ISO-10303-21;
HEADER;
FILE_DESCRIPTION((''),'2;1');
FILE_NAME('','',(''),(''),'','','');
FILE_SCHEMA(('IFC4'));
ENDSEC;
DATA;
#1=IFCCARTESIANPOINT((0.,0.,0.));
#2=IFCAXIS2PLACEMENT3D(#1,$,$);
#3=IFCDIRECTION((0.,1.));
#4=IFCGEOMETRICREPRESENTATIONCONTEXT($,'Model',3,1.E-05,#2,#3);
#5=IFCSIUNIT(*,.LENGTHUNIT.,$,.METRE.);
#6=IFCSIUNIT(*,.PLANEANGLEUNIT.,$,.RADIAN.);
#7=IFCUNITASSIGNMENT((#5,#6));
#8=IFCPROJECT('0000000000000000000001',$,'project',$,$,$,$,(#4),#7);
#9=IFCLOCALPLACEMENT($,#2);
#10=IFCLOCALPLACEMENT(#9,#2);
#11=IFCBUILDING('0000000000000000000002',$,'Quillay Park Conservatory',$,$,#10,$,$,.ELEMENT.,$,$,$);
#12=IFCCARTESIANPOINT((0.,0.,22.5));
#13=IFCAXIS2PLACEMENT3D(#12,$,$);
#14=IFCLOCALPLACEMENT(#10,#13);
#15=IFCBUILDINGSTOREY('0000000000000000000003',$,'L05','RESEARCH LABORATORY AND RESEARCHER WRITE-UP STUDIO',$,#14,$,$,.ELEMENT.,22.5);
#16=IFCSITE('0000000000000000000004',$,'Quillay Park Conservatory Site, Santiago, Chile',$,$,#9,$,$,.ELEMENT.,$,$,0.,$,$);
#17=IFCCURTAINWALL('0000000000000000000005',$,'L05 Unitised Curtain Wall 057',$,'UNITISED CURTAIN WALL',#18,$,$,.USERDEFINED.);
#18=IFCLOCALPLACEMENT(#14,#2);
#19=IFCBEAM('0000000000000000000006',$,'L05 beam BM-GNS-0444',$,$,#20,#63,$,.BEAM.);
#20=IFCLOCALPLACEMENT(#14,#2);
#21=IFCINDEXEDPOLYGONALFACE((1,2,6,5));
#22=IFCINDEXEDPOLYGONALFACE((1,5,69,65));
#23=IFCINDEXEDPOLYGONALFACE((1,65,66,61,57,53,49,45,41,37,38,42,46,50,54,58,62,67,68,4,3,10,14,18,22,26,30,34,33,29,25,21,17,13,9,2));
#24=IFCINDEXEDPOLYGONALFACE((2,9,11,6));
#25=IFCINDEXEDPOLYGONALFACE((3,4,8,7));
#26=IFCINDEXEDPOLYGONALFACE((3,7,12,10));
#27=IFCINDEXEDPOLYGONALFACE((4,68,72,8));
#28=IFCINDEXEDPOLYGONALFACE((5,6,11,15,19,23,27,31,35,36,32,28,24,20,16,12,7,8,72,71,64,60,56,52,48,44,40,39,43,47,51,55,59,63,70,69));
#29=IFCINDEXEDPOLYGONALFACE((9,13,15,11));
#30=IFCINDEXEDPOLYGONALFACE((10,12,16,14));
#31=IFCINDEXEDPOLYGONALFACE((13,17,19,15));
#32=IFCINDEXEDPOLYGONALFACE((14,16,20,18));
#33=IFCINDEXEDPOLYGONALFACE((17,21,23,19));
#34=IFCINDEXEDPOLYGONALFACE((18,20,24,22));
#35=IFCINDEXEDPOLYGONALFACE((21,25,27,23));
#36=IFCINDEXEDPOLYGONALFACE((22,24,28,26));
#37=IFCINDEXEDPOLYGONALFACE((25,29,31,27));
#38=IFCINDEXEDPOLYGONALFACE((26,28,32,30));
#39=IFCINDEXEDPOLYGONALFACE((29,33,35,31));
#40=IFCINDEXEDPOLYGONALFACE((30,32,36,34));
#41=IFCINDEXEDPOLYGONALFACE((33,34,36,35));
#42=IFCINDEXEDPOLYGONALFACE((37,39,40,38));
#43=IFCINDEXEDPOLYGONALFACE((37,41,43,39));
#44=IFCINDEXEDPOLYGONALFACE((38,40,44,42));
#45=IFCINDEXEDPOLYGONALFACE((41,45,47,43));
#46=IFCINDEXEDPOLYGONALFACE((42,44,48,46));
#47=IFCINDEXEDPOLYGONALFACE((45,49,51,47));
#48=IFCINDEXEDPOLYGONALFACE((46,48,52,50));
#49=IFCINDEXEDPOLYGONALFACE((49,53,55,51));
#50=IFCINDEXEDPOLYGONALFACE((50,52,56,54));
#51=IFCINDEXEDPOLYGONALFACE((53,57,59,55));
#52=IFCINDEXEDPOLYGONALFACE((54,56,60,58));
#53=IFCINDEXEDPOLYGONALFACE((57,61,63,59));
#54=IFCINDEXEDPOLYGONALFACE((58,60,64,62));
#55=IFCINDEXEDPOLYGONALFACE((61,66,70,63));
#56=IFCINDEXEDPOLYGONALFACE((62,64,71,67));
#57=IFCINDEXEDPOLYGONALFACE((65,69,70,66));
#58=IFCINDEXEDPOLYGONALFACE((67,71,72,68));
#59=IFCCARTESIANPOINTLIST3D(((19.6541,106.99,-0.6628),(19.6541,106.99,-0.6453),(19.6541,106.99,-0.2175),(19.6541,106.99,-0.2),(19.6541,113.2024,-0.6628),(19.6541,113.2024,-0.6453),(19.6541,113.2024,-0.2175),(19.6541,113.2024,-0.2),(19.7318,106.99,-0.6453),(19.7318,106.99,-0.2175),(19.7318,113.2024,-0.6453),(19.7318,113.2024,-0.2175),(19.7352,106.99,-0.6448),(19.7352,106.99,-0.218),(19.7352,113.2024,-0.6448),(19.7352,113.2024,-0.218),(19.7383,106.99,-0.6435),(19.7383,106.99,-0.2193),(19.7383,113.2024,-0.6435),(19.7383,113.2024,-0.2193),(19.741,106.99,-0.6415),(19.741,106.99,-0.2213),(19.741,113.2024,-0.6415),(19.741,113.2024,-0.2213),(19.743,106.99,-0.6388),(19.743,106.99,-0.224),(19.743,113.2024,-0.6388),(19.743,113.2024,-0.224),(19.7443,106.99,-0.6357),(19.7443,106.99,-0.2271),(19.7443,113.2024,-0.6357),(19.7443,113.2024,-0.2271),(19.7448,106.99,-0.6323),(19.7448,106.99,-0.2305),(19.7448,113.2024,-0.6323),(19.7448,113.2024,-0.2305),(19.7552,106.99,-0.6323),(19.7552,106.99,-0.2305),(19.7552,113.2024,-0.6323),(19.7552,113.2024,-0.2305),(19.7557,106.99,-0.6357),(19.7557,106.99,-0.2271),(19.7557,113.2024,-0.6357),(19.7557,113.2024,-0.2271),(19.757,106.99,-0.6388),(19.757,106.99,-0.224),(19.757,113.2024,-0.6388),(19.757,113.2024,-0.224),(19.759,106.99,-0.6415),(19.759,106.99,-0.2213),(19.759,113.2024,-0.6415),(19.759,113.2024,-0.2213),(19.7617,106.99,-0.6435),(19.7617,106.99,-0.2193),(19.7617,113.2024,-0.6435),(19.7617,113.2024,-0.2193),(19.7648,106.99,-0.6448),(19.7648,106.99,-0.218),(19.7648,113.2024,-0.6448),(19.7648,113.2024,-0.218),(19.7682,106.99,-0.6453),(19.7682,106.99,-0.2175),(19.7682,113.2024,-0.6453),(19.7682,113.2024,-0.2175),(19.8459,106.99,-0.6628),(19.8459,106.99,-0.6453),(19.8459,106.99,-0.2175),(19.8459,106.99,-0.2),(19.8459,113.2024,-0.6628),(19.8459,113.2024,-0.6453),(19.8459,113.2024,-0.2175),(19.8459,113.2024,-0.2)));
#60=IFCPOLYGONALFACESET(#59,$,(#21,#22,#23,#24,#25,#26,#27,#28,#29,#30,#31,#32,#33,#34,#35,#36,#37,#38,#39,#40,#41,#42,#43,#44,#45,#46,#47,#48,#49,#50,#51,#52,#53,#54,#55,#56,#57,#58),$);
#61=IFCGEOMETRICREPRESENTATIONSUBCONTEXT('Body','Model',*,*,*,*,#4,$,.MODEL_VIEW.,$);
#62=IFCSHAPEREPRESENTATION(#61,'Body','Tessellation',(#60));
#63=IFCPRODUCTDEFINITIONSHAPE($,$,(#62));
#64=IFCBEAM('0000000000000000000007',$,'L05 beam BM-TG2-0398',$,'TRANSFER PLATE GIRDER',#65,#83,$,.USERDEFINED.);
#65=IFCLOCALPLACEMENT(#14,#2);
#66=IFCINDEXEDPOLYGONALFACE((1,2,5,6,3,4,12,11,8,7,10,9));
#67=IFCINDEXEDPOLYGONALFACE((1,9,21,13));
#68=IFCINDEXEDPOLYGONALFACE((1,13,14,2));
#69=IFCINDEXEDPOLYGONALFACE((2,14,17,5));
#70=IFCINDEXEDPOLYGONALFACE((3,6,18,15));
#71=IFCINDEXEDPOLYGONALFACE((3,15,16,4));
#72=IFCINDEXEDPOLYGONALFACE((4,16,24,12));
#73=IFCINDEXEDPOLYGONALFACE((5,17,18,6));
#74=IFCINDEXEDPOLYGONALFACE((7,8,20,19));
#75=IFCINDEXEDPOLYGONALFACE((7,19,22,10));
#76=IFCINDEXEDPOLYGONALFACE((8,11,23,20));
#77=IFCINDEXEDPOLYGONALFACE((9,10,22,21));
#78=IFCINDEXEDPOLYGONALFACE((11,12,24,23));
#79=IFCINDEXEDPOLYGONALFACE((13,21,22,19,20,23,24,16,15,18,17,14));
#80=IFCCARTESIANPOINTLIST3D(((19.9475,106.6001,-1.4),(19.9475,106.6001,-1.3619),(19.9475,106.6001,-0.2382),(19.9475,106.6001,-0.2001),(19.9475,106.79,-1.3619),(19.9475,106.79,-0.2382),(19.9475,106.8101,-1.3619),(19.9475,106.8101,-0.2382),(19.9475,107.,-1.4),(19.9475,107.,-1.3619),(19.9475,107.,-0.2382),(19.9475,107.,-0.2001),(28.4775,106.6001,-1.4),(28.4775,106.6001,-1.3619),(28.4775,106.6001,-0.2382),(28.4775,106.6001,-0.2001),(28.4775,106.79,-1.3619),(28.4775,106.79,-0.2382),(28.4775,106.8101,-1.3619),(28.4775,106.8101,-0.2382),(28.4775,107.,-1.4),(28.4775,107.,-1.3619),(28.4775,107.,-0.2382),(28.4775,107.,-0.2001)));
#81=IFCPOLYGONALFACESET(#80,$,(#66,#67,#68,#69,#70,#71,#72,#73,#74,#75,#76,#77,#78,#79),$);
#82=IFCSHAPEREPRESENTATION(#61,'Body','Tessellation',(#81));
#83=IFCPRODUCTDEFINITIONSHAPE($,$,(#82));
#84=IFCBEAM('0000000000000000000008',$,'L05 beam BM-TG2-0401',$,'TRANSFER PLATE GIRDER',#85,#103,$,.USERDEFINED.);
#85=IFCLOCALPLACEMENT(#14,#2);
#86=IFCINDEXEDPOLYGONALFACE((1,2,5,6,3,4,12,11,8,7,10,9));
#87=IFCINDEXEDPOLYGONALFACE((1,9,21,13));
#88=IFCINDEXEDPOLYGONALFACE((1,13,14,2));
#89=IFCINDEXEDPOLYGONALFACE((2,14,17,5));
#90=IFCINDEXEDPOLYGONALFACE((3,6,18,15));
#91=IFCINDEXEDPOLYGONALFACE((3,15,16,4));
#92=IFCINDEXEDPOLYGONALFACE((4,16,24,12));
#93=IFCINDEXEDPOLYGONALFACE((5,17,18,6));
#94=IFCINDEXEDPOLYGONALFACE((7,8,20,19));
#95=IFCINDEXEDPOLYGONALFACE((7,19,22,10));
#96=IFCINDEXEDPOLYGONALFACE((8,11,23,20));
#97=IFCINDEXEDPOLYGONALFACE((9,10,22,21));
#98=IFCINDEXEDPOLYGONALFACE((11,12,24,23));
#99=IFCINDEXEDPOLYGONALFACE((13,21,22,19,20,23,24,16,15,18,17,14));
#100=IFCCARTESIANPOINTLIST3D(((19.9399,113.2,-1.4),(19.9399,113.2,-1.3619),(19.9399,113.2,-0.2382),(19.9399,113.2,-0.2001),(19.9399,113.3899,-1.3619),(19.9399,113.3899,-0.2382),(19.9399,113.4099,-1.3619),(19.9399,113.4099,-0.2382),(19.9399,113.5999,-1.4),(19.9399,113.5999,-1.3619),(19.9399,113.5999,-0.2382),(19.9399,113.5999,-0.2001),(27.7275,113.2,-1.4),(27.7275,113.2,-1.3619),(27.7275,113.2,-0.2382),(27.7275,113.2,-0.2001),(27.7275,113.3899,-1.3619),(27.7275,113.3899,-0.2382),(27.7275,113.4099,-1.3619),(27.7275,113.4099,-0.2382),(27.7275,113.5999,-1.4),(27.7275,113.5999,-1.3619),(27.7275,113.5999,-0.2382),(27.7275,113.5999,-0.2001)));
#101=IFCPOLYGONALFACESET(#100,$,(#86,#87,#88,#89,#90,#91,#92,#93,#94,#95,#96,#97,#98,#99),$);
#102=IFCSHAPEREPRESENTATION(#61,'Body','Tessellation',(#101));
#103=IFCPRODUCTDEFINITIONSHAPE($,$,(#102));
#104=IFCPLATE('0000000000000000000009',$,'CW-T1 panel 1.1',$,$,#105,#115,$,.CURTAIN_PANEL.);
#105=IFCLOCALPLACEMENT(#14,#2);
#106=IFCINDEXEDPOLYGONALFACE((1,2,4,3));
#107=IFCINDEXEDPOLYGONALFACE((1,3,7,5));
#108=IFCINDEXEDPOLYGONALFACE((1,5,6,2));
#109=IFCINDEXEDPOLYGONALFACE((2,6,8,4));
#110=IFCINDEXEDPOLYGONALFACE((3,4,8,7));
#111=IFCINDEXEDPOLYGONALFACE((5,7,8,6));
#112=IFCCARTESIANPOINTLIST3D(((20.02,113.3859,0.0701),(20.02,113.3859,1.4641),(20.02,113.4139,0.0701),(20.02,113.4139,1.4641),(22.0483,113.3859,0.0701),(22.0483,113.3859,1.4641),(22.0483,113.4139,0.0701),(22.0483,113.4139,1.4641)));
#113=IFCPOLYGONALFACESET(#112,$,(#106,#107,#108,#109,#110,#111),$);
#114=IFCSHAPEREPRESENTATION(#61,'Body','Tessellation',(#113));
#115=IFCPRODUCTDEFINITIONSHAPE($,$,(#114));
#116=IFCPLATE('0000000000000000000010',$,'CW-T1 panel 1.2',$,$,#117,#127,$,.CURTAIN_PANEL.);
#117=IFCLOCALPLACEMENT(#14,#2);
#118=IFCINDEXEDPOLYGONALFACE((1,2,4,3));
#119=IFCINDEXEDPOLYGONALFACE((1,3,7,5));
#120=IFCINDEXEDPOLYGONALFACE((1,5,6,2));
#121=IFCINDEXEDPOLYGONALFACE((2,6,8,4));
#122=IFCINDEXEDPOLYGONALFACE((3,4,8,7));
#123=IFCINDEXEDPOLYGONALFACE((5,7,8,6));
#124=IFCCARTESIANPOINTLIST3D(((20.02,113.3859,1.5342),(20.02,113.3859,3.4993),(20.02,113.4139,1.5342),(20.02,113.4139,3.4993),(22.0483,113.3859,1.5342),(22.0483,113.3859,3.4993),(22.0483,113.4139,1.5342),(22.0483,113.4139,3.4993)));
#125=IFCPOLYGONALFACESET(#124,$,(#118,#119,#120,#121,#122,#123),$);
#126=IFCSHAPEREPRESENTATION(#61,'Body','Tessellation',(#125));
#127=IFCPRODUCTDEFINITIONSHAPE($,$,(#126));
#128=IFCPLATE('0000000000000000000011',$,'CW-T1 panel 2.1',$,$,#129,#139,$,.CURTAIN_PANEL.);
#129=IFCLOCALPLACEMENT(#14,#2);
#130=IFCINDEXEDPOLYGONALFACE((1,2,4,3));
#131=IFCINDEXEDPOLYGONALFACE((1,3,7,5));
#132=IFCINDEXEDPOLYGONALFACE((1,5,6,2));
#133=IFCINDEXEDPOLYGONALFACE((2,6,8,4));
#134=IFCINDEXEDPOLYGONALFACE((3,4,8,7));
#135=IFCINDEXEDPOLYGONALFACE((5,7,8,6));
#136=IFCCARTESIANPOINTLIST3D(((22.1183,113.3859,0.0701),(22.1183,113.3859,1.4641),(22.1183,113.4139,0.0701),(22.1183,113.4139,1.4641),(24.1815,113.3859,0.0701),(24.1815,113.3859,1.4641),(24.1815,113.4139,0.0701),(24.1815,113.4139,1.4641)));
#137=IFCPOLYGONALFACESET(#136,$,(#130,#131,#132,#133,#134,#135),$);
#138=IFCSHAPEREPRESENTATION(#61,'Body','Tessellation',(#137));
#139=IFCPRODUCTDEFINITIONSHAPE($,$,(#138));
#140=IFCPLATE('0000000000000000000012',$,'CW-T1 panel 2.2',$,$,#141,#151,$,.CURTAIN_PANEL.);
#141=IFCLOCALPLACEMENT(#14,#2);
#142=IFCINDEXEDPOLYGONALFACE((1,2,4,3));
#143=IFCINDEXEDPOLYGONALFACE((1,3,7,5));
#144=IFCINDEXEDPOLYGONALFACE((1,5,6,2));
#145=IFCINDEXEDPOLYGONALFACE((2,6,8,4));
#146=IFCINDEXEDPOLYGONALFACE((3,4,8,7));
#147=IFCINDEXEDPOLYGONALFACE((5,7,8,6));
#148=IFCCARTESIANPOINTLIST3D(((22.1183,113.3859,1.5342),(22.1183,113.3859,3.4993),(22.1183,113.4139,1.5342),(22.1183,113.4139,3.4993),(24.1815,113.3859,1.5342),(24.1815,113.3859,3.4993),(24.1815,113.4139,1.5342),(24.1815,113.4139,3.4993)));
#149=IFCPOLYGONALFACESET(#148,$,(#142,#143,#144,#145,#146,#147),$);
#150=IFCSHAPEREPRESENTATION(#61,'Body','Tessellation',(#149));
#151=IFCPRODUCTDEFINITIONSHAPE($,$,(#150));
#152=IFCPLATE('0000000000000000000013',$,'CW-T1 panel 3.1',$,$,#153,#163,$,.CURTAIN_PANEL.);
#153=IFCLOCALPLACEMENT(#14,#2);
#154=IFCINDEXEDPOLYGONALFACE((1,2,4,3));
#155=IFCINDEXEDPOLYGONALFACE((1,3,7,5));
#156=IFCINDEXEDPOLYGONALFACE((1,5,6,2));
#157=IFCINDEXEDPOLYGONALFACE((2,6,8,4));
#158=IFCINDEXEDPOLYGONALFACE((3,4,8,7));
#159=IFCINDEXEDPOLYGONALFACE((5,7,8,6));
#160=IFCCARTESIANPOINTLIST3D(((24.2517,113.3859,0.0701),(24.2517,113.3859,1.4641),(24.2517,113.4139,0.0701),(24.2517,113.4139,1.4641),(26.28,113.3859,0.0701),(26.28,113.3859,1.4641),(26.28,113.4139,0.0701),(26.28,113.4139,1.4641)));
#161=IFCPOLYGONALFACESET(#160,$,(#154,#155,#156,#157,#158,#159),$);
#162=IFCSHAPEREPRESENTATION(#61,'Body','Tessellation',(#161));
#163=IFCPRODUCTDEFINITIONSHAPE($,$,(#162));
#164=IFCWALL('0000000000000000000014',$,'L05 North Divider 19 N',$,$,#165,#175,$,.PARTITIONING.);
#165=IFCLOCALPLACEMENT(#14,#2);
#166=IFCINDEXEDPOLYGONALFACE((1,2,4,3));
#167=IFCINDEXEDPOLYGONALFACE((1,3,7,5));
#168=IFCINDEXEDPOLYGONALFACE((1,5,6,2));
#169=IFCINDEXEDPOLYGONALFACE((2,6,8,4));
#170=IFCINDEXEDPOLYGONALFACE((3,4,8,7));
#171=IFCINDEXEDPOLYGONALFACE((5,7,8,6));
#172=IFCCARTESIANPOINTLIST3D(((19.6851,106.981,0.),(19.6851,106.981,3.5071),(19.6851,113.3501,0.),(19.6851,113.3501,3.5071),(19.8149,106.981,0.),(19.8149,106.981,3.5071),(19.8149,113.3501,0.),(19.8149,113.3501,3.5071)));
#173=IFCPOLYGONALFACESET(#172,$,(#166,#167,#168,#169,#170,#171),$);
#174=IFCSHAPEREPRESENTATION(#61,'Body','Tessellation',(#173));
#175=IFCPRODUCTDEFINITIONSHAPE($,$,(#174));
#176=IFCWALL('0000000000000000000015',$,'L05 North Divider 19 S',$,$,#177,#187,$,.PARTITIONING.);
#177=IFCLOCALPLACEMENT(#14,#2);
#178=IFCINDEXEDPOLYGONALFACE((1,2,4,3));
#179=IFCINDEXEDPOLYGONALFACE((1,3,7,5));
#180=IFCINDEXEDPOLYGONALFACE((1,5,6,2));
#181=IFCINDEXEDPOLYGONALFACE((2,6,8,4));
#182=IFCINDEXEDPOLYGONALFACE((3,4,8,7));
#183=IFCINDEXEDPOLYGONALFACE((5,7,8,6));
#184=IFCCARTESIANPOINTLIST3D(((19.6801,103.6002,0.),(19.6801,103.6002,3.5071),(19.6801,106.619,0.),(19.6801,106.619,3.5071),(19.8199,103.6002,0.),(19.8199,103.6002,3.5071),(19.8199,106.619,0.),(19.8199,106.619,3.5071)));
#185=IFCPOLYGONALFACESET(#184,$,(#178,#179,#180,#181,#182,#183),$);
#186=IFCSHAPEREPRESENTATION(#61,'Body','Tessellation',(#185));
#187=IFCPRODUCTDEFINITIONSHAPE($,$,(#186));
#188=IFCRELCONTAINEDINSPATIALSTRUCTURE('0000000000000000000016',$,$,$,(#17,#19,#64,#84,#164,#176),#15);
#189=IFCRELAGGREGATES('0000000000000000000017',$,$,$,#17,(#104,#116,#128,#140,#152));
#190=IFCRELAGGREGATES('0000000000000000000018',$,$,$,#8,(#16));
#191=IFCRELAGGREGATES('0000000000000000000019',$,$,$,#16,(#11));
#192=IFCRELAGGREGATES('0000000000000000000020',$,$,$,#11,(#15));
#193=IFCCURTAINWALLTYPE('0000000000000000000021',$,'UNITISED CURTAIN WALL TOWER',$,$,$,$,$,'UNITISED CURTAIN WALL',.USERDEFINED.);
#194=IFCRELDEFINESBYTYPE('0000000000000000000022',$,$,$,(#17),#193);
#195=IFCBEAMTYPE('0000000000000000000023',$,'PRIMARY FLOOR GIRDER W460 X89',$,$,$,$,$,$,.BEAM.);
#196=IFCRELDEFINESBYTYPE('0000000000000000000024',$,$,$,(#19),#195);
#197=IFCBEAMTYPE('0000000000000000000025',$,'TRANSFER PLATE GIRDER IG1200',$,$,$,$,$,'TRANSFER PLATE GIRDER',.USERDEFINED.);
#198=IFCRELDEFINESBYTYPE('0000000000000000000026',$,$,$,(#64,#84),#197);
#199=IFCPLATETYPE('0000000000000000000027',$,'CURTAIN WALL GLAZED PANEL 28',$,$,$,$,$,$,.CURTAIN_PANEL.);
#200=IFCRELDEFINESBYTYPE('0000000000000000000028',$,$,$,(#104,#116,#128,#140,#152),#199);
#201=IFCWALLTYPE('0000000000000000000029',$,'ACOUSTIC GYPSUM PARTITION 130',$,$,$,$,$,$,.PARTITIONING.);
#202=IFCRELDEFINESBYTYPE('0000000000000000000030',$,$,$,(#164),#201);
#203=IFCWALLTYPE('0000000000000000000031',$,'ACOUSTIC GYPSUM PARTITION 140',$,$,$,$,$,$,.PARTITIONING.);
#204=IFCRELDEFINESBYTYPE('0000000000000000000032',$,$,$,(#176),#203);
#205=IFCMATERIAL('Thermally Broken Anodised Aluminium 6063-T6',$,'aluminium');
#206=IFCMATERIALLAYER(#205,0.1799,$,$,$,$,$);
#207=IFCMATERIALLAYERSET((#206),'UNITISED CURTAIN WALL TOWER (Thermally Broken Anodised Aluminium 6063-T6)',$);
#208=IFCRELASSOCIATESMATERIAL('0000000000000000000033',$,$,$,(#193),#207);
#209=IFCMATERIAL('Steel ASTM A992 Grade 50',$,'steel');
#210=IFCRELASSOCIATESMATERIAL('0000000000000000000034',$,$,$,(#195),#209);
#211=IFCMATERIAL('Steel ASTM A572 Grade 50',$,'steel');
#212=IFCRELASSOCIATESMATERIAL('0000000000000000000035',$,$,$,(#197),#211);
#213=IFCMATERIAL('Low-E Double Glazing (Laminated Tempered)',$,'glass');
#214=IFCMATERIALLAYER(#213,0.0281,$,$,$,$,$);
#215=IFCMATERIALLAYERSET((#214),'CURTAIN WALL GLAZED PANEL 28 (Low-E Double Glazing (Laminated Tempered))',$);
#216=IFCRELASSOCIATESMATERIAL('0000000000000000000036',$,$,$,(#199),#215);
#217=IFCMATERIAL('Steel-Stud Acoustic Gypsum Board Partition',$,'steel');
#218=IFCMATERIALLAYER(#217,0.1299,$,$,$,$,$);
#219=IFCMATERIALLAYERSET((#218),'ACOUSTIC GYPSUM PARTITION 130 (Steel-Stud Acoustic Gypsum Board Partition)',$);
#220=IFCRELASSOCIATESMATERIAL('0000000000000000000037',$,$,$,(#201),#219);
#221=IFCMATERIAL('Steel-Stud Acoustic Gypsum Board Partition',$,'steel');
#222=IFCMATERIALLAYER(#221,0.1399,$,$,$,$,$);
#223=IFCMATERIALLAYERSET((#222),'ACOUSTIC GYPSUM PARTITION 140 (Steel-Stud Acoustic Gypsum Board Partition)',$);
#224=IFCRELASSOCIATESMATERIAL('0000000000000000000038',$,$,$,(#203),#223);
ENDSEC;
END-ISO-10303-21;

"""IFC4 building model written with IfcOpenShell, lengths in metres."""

from ifc_helpers import new_model, si_unit, direction, frame, frame_2d, origin, origin_2d, place, context, subcontext, project, spatial, rectangle, i_section, extrude, material, layer, layer_set, material_profile, profile_set, type_object, element, aggregate, save


model = new_model("IFC4")

# Units and contexts
model_context = context("Model", 3, precision=1e-05, world=origin(), true_north=direction((0.0, 1.0)))
body_context = subcontext(model_context, "Body", "Model", "MODEL_VIEW")
ifc_project = project(units=[si_unit("LENGTHUNIT", "METRE"), si_unit("PLANEANGLEUNIT", "RADIAN")], contexts=[model_context])

# Site, building, storey
site_placement = place(None, origin())
site = spatial("IfcSite", under=ifc_project, at=site_placement, Name="Quillay Park Conservatory Site, Santiago, Chile", CompositionType="ELEMENT", RefElevation=0.0)
building_placement = place(site_placement, origin())
building = spatial("IfcBuilding", under=site, at=building_placement, Name="Quillay Park Conservatory", CompositionType="ELEMENT")
storey_placement = place(building_placement, frame((0.0, 0.0, 22.5)))
storey = spatial("IfcBuildingStorey", under=building, at=storey_placement, Name="L05", Description="RESEARCH LABORATORY AND RESEARCHER WRITE-UP STUDIO", CompositionType="ELEMENT", Elevation=22.5)

# Curtain wall
ifc_material_1 = material(Name="Thermally Broken Anodised Aluminium 6063-T6", Category="aluminium")
ifc_layer_1 = layer(ifc_material_1, 0.1799)
ifc_layer_set_1 = layer_set([ifc_layer_1], Name="UNITISED CURTAIN WALL TOWER (Thermally Broken Anodised Aluminium 6063-T6)")
curtain_wall_type = type_object("IfcCurtainWallType", Name="UNITISED CURTAIN WALL TOWER", ElementType="UNITISED CURTAIN WALL", PredefinedType="USERDEFINED", material=ifc_layer_set_1)
curtain_wall_placement = place(storey_placement, origin())
curtain_wall = element("IfcCurtainWall", 1, at=curtain_wall_placement, inside=storey, type_object=curtain_wall_type, Name="L05 Unitised Curtain Wall 057", ObjectType="UNITISED CURTAIN WALL", PredefinedType="USERDEFINED")

# Beams
ifc_material_2 = material(Name="Steel ASTM A992 Grade 50", Category="steel")
ifc_material_profile_1 = material_profile(ifc_material_2, i_section(OverallWidth=0.1919, OverallDepth=0.4629, WebThickness=0.0105, FlangeThickness=0.0176, FilletRadius=0.0129, at=origin_2d()), Name="W460x89")
ifc_profile_set_1 = profile_set([ifc_material_profile_1], Name="Steel ASTM A992 Grade 50")
beam_type_1 = type_object("IfcBeamType", Name="PRIMARY FLOOR GIRDER W460 X89", PredefinedType="BEAM", material=ifc_profile_set_1)
beam_1_placement = place(storey_placement, frame((19.75, 106.99, -0.4314), z_axis=(0.0, 1.0, 0.0), x_axis=(-1.0, 0.0, 0.0)))
element("IfcBeam", 2, at=beam_1_placement, inside=storey, type_object=beam_type_1, Name="L05 beam BM-GNS-0444", PredefinedType="BEAM", context=body_context, shape_type="SweptSolid", body=[
    extrude(i_section(OverallWidth=0.1919, OverallDepth=0.4629, WebThickness=0.0105, FlangeThickness=0.0176, FilletRadius=0.0129, at=origin_2d()), origin(), (0.0, 0.0, 1.0), 6.2124),
])
ifc_material_3 = material(Name="Steel ASTM A572 Grade 50", Category="steel")
ifc_material_profile_2 = material_profile(ifc_material_3, i_section(OverallWidth=0.3999, OverallDepth=1.2, WebThickness=0.02, FlangeThickness=0.0381, at=origin_2d()), Name="IG1200x400")
ifc_profile_set_2 = profile_set([ifc_material_profile_2], Name="Steel ASTM A572 Grade 50")
beam_type_2 = type_object("IfcBeamType", Name="TRANSFER PLATE GIRDER IG1200", ElementType="TRANSFER PLATE GIRDER", PredefinedType="USERDEFINED", material=ifc_profile_set_2)
beam_2_placement = place(storey_placement, frame((19.9475, 106.8, -0.8), z_axis=(1.0, 0.0, 0.0), x_axis=(0.0, 1.0, 0.0)))
element("IfcBeam", 3, at=beam_2_placement, inside=storey, type_object=beam_type_2, Name="L05 beam BM-TG2-0398", ObjectType="TRANSFER PLATE GIRDER", PredefinedType="USERDEFINED", context=body_context, shape_type="SweptSolid", body=[
    extrude(i_section(OverallWidth=0.3999, OverallDepth=1.2, WebThickness=0.02, FlangeThickness=0.0381, at=origin_2d()), origin(), (0.0, 0.0, 1.0), 8.53),
])
beam_3_placement = place(storey_placement, frame((19.9399, 113.3999, -0.8), z_axis=(1.0, 0.0, 0.0), x_axis=(0.0, 1.0, 0.0)))
element("IfcBeam", 4, at=beam_3_placement, inside=storey, type_object=beam_type_2, Name="L05 beam BM-TG2-0401", ObjectType="TRANSFER PLATE GIRDER", PredefinedType="USERDEFINED", context=body_context, shape_type="SweptSolid", body=[
    extrude(i_section(OverallWidth=0.3999, OverallDepth=1.2, WebThickness=0.02, FlangeThickness=0.0381, at=origin_2d()), origin(), (0.0, 0.0, 1.0), 7.7876),
])

# Plates
ifc_material_4 = material(Name="Low-E Double Glazing (Laminated Tempered)", Category="glass")
ifc_layer_2 = layer(ifc_material_4, 0.0281)
ifc_layer_set_2 = layer_set([ifc_layer_2], Name="CURTAIN WALL GLAZED PANEL 28 (Low-E Double Glazing (Laminated Tempered))")
plate_type = type_object("IfcPlateType", Name="CURTAIN WALL GLAZED PANEL 28", PredefinedType="CURTAIN_PANEL", material=ifc_layer_set_2)
plate_1_placement = place(storey_placement, frame((21.0342, 113.3999, 0.0701), z_axis=(0.0, 0.0, 1.0), x_axis=(1.0, 0.0, 0.0)))
plate_1 = element("IfcPlate", 5, at=plate_1_placement, type_object=plate_type, Name="CW-T1 panel 1.1", PredefinedType="CURTAIN_PANEL", context=body_context, shape_type="SweptSolid", body=[
    extrude(rectangle(XDim=2.0283, YDim=0.0281, at=origin_2d()), origin(), (0.0, 0.0, 1.0), 1.394),
])
plate_2_placement = place(storey_placement, frame((21.0342, 113.3999, 1.5342), z_axis=(0.0, 0.0, 1.0), x_axis=(1.0, 0.0, 0.0)))
plate_2 = element("IfcPlate", 6, at=plate_2_placement, type_object=plate_type, Name="CW-T1 panel 1.2", PredefinedType="CURTAIN_PANEL", context=body_context, shape_type="SweptSolid", body=[
    extrude(rectangle(XDim=2.0283, YDim=0.0281, at=origin_2d()), origin(), (0.0, 0.0, 1.0), 1.9651),
])
plate_3_placement = place(storey_placement, frame((23.1499, 113.3999, 0.0701), z_axis=(0.0, 0.0, 1.0), x_axis=(1.0, 0.0, 0.0)))
plate_3 = element("IfcPlate", 7, at=plate_3_placement, type_object=plate_type, Name="CW-T1 panel 2.1", PredefinedType="CURTAIN_PANEL", context=body_context, shape_type="SweptSolid", body=[
    extrude(rectangle(XDim=2.0632, YDim=0.0281, at=origin_2d()), origin(), (0.0, 0.0, 1.0), 1.394),
])
plate_4_placement = place(storey_placement, frame((23.1499, 113.3999, 1.5342), z_axis=(0.0, 0.0, 1.0), x_axis=(1.0, 0.0, 0.0)))
plate_4 = element("IfcPlate", 8, at=plate_4_placement, type_object=plate_type, Name="CW-T1 panel 2.2", PredefinedType="CURTAIN_PANEL", context=body_context, shape_type="SweptSolid", body=[
    extrude(rectangle(XDim=2.0632, YDim=0.0281, at=origin_2d()), origin(), (0.0, 0.0, 1.0), 1.9651),
])
plate_5_placement = place(storey_placement, frame((25.2659, 113.3999, 0.0701), z_axis=(0.0, 0.0, 1.0), x_axis=(1.0, 0.0, 0.0)))
plate_5 = element("IfcPlate", 9, at=plate_5_placement, type_object=plate_type, Name="CW-T1 panel 3.1", PredefinedType="CURTAIN_PANEL", context=body_context, shape_type="SweptSolid", body=[
    extrude(rectangle(XDim=2.0283, YDim=0.0281, at=origin_2d()), origin(), (0.0, 0.0, 1.0), 1.394),
])
aggregate(curtain_wall, [plate_1, plate_2, plate_3, plate_4, plate_5])

# Walls
ifc_material_5 = material(Name="Steel-Stud Acoustic Gypsum Board Partition", Category="steel")
ifc_layer_3 = layer(ifc_material_5, 0.1299)
ifc_layer_set_3 = layer_set([ifc_layer_3], Name="ACOUSTIC GYPSUM PARTITION 130 (Steel-Stud Acoustic Gypsum Board Partition)")
wall_type_1 = type_object("IfcWallType", Name="ACOUSTIC GYPSUM PARTITION 130", PredefinedType="PARTITIONING", material=ifc_layer_set_3)
wall_1_placement = place(storey_placement, frame((19.75, 113.3501, 0.0), z_axis=(0.0, 0.0, 1.0), x_axis=(0.0, -1.0, 0.0)))
element("IfcWall", 10, at=wall_1_placement, inside=storey, type_object=wall_type_1, Name="L05 North Divider 19 N", PredefinedType="PARTITIONING", context=body_context, shape_type="SweptSolid", body=[
    extrude(rectangle(XDim=6.3691, YDim=0.1299, at=frame_2d((3.1846, 0.0))), origin(), (0.0, 0.0, 1.0), 3.5071),
])
ifc_material_6 = material(Name="Steel-Stud Acoustic Gypsum Board Partition", Category="steel")
ifc_layer_4 = layer(ifc_material_6, 0.1399)
ifc_layer_set_4 = layer_set([ifc_layer_4], Name="ACOUSTIC GYPSUM PARTITION 140 (Steel-Stud Acoustic Gypsum Board Partition)")
wall_type_2 = type_object("IfcWallType", Name="ACOUSTIC GYPSUM PARTITION 140", PredefinedType="PARTITIONING", material=ifc_layer_set_4)
wall_2_placement = place(storey_placement, frame((19.75, 106.6189, 0.0), z_axis=(0.0, 0.0, 1.0), x_axis=(0.0, -1.0, 0.0)))
element("IfcWall", 11, at=wall_2_placement, inside=storey, type_object=wall_type_2, Name="L05 North Divider 19 S", PredefinedType="PARTITIONING", context=body_context, shape_type="SweptSolid", body=[
    extrude(rectangle(XDim=3.0188, YDim=0.1399, at=frame_2d((1.5093, 0.0))), origin(), (0.0, 0.0, 1.0), 3.5071),
])

save(model, "model.ifc")
